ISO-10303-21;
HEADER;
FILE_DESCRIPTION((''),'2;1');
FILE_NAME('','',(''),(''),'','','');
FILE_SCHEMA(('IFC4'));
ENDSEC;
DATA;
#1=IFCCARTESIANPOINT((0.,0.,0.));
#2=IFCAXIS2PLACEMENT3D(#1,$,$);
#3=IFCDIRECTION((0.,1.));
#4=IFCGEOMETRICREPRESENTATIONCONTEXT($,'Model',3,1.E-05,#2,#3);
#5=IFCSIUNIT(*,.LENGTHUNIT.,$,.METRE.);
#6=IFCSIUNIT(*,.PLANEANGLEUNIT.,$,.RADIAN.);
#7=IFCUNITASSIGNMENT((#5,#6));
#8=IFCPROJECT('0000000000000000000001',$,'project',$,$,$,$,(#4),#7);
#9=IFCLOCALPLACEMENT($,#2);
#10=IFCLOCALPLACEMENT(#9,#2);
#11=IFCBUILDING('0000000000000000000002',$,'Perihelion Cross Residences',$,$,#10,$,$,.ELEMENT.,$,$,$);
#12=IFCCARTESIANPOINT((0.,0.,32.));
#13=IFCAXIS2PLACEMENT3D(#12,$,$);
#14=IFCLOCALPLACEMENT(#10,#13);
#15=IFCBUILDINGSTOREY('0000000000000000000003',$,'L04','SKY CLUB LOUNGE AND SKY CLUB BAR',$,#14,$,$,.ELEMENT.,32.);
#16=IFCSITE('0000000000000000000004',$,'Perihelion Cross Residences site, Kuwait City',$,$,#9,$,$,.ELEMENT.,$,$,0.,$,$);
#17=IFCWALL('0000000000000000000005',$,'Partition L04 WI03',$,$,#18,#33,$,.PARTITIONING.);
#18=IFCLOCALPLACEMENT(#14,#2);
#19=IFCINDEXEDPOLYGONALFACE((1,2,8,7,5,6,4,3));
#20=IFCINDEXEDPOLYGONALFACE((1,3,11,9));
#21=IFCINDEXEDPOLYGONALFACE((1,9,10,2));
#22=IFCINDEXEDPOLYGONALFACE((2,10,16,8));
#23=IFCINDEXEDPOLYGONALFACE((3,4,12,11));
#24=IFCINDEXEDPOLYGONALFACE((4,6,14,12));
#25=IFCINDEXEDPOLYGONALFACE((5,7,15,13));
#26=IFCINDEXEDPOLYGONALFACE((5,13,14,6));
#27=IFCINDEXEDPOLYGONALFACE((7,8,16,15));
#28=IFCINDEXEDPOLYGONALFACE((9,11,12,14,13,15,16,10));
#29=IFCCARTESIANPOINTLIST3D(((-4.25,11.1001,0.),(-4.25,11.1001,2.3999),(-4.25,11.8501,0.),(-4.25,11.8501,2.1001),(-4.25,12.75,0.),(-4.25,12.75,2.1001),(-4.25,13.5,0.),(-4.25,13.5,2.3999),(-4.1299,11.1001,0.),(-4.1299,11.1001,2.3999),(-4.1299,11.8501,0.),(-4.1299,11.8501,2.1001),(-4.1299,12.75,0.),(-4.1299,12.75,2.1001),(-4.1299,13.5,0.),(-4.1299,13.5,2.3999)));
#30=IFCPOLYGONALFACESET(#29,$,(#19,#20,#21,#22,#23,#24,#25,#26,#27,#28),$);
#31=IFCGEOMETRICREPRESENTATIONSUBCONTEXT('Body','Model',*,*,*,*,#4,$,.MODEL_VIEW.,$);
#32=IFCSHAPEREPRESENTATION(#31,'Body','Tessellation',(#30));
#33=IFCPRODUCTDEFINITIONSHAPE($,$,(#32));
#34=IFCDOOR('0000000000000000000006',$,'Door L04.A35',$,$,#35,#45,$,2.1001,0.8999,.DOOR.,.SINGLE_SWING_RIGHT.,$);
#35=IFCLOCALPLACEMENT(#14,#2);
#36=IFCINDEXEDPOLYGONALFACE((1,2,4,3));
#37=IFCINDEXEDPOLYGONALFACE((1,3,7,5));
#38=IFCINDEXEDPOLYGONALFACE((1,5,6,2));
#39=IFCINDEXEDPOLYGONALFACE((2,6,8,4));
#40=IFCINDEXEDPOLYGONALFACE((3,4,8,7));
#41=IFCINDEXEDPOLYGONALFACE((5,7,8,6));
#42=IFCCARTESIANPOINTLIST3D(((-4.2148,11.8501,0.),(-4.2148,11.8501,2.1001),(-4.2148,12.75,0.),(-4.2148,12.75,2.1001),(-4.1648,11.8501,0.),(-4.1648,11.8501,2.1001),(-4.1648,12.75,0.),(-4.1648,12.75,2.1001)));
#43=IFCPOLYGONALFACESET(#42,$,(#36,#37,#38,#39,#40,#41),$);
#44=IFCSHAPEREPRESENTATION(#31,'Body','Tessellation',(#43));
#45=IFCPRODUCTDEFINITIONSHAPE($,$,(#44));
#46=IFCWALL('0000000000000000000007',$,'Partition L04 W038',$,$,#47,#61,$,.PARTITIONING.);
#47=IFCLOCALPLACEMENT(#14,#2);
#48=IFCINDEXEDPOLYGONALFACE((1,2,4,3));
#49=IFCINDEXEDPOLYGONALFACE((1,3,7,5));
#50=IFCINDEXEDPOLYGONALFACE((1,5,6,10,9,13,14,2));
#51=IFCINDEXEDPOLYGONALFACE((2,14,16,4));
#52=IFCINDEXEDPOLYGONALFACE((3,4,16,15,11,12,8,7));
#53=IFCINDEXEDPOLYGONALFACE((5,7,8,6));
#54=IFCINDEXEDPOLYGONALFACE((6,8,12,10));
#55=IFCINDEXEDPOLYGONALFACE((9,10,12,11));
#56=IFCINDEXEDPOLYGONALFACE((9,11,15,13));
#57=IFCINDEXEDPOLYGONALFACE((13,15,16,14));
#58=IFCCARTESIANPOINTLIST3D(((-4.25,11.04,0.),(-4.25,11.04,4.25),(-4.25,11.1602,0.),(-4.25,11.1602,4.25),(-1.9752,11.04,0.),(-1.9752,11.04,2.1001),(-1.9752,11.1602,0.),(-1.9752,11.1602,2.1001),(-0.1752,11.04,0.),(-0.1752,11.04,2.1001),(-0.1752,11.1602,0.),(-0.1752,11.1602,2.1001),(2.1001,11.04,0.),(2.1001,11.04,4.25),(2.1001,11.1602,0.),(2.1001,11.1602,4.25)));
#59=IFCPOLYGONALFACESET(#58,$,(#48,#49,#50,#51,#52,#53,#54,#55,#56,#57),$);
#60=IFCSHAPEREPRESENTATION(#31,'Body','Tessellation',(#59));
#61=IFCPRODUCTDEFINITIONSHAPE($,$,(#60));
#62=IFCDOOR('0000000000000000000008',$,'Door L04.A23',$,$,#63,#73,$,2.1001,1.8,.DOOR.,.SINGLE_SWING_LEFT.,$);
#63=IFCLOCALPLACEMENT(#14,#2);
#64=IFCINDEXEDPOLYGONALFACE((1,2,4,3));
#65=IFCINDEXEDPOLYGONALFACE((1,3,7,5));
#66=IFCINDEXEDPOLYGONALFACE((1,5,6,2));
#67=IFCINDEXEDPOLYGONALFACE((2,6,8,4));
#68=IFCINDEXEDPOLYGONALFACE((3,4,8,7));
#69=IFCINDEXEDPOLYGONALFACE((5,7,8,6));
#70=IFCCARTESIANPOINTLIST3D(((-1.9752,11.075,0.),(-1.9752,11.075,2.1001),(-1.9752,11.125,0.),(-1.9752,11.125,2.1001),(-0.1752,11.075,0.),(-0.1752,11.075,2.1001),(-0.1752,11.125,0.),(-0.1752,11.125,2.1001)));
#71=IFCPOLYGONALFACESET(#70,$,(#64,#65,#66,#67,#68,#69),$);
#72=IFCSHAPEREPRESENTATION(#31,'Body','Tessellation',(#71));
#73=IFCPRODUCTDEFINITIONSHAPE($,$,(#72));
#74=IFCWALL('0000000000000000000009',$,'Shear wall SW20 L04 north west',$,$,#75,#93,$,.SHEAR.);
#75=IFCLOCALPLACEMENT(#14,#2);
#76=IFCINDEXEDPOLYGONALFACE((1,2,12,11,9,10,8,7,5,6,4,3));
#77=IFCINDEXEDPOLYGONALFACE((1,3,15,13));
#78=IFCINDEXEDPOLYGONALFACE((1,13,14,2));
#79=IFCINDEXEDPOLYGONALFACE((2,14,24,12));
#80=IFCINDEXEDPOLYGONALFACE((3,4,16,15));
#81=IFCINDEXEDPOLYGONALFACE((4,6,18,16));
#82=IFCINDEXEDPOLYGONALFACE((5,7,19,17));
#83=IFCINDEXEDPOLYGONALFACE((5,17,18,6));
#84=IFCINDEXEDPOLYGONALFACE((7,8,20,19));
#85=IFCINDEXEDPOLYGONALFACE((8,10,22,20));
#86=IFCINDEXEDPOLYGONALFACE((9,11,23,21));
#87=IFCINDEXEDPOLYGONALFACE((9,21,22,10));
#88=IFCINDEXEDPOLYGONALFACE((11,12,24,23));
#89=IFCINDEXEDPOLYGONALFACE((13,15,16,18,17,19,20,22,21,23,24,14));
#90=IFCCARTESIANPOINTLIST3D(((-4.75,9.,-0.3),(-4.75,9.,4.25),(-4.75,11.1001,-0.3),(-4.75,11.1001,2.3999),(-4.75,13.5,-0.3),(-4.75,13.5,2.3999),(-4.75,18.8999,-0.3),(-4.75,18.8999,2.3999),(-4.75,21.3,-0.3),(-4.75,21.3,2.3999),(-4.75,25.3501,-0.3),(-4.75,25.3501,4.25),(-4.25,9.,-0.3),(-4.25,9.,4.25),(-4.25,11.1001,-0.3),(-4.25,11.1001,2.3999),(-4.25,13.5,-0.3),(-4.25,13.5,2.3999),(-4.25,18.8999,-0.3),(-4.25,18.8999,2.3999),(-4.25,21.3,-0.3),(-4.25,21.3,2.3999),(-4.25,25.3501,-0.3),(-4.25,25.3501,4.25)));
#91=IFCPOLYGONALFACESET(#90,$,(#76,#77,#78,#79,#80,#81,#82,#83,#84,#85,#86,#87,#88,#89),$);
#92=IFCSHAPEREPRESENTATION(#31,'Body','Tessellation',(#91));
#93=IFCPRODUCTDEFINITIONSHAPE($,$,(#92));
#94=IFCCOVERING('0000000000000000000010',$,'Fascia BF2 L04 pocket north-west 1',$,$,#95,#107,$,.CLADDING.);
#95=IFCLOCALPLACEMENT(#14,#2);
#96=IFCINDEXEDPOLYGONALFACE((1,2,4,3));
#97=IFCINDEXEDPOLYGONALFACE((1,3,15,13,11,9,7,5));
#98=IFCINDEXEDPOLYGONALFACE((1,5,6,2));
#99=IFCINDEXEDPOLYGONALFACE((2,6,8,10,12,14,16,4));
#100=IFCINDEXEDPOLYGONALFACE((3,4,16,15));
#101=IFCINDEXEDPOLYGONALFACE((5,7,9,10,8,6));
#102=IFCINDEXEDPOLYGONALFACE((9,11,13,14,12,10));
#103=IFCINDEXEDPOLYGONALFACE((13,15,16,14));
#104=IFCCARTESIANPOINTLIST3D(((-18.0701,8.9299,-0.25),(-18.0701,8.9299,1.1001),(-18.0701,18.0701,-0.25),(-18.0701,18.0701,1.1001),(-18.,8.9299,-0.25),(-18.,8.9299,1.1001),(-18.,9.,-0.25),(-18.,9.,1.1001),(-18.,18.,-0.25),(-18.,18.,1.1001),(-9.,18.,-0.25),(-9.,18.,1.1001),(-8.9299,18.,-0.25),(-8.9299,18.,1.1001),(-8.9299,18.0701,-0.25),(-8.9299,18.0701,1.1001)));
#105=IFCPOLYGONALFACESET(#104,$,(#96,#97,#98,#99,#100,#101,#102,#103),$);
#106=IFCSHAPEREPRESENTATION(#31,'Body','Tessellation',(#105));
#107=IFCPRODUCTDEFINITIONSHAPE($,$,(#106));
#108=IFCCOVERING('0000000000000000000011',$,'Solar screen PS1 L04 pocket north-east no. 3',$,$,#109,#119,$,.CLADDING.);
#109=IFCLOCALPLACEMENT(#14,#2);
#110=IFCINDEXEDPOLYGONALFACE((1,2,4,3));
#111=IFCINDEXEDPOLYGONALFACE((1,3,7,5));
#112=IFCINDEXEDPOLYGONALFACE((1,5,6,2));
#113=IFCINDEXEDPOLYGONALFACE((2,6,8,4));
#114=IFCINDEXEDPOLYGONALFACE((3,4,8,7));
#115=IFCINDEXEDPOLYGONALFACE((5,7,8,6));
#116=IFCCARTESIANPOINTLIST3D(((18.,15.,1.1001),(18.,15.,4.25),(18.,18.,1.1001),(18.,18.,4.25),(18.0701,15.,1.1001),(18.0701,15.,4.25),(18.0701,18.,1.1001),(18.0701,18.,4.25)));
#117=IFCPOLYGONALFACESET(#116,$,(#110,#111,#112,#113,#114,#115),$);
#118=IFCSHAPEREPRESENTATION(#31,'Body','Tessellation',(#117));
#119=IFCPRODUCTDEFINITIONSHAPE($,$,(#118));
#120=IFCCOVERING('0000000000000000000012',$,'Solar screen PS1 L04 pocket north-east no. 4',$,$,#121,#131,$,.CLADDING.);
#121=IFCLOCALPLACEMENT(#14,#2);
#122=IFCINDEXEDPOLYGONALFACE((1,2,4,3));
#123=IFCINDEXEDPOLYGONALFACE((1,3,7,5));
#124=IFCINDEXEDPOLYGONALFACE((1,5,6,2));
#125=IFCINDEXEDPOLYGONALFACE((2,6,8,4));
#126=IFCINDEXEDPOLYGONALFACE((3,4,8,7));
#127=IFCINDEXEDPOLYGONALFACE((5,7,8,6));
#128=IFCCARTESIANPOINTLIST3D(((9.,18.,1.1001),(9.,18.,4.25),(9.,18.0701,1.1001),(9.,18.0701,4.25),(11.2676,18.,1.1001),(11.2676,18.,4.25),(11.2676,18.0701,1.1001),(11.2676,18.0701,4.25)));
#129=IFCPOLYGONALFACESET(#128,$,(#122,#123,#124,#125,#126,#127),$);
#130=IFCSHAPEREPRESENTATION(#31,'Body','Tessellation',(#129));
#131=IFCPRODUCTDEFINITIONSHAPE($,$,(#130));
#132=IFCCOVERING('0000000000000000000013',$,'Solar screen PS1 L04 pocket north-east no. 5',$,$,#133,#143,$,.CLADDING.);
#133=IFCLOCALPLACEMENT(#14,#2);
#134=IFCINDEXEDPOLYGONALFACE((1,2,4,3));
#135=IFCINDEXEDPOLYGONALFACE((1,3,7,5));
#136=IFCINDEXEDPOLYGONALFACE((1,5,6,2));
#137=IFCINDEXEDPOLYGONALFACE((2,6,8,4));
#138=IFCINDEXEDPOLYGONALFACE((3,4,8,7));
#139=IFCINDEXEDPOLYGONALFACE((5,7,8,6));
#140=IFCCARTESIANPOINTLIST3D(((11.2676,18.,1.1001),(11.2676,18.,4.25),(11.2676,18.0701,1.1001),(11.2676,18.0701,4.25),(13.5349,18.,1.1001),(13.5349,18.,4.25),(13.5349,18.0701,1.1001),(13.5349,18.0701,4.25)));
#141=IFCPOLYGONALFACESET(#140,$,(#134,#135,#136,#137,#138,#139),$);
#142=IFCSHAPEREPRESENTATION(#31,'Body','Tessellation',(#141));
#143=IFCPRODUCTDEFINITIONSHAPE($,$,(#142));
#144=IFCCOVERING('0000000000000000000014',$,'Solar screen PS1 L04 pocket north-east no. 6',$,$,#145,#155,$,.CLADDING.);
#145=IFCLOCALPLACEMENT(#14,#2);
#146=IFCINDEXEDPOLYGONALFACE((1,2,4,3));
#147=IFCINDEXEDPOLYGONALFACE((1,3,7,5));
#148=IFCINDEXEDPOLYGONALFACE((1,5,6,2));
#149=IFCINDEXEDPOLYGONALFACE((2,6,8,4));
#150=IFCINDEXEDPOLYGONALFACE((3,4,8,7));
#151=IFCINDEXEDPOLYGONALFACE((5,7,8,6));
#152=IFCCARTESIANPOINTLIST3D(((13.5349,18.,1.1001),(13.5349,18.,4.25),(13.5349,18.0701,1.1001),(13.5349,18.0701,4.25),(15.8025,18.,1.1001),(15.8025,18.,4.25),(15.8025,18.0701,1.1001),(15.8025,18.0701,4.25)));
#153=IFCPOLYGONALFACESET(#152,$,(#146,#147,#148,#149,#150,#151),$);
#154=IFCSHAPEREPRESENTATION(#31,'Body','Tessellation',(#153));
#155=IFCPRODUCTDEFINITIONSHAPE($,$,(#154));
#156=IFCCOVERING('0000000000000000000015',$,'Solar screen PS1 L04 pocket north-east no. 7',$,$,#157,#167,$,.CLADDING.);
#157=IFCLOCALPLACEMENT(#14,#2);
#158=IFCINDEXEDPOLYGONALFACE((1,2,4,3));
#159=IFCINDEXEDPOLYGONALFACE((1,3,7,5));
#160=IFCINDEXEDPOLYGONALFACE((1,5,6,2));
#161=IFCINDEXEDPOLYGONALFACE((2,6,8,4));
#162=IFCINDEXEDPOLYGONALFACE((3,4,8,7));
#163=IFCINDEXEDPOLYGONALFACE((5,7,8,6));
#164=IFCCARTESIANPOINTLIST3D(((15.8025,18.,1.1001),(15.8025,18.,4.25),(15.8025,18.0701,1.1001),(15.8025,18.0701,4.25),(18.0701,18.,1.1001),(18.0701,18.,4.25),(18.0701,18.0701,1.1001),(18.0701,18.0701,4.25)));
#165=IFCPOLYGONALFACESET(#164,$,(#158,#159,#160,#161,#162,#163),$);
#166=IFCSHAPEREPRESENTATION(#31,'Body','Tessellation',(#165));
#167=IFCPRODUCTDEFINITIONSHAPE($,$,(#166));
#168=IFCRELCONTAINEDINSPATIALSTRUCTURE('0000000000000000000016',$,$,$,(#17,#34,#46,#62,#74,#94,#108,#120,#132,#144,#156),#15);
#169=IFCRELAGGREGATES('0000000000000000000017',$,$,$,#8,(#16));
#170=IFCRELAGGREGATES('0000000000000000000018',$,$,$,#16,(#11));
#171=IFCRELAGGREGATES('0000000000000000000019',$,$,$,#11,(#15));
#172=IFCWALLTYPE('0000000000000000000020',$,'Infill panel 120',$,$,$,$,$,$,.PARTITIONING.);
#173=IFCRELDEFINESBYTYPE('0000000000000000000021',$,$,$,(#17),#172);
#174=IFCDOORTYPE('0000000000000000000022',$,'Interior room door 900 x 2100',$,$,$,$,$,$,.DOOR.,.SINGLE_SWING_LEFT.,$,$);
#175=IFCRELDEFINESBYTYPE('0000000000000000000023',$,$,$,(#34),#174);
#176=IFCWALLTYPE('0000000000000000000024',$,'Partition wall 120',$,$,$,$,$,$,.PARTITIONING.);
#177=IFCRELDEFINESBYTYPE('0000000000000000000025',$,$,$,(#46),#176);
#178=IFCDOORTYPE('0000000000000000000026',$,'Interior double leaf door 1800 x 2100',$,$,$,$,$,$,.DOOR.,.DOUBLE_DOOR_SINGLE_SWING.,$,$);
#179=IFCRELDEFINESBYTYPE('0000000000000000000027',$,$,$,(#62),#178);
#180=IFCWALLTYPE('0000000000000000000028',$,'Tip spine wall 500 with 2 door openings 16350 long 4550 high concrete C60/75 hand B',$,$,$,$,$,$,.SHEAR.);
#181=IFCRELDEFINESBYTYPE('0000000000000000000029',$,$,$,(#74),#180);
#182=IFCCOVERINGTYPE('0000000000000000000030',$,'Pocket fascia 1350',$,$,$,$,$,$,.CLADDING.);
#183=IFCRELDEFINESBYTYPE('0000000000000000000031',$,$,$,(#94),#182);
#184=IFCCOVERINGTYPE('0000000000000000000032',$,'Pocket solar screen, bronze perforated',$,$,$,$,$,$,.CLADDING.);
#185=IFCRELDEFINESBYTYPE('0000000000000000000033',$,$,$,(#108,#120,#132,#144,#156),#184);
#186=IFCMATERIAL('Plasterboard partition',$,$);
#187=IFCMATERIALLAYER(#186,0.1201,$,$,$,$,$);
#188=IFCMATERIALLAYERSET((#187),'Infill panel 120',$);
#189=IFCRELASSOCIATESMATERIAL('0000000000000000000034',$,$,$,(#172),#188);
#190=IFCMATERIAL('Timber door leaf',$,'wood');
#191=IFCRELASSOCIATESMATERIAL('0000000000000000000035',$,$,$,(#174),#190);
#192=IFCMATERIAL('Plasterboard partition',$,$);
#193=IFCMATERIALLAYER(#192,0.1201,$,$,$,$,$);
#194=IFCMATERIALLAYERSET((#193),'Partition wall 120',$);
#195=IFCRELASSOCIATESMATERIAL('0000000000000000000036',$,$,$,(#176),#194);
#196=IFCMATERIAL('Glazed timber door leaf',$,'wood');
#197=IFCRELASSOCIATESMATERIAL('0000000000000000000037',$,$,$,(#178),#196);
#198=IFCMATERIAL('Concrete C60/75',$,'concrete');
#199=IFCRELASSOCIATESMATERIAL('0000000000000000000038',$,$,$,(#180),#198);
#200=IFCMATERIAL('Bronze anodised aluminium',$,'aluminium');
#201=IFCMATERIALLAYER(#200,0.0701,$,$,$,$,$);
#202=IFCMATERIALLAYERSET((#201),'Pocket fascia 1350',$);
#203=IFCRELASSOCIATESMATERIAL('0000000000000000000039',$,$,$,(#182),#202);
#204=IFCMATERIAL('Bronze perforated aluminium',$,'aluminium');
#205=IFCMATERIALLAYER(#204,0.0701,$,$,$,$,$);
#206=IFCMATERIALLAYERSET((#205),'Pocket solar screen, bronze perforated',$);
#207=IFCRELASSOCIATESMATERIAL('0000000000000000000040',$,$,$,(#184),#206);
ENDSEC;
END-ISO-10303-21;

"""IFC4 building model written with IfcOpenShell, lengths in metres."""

from ifc_helpers import new_model, si_unit, direction, frame, frame_2d, origin, place, context, subcontext, project, spatial, polyline, rectangle, outline, extrude, material, layer, layer_set, material_profile, profile_set, type_object, element, fill, save


model = new_model("IFC4")

# Units and contexts
model_context = context("Model", 3, precision=1e-05, world=origin(), true_north=direction((0.0, 1.0)))
body_context = subcontext(model_context, "Body", "Model", "MODEL_VIEW")
ifc_project = project(units=[si_unit("LENGTHUNIT", "METRE"), si_unit("PLANEANGLEUNIT", "RADIAN")], contexts=[model_context])

# Site, building, storey
site_placement = place(None, origin())
site = spatial("IfcSite", under=ifc_project, at=site_placement, Name="Perihelion Cross Residences site, Kuwait City", CompositionType="ELEMENT", RefElevation=0.0)
building_placement = place(site_placement, origin())
building = spatial("IfcBuilding", under=site, at=building_placement, Name="Perihelion Cross Residences", CompositionType="ELEMENT")
storey_placement = place(building_placement, frame((0.0, 0.0, 32.0)))
storey = spatial("IfcBuildingStorey", under=building, at=storey_placement, Name="L04", Description="SKY CLUB LOUNGE AND SKY CLUB BAR", CompositionType="ELEMENT", Elevation=32.0)

# Walls, openings, doors
ifc_material_1 = material(Name="Plasterboard partition")
ifc_layer_1 = layer(ifc_material_1, 0.1201)
ifc_layer_set_1 = layer_set([ifc_layer_1], Name="Infill panel 120")
wall_type_1 = type_object("IfcWallType", Name="Infill panel 120", PredefinedType="PARTITIONING", material=ifc_layer_set_1)
wall_1_placement = place(storey_placement, frame((-4.1899, 11.1001, 0.0), z_axis=(0.0, 0.0, 1.0), x_axis=(0.0, 1.0, 0.0)))
wall_1 = element("IfcWall", 1, at=wall_1_placement, inside=storey, type_object=wall_type_1, Name="Partition L04 WI03", PredefinedType="PARTITIONING", context=body_context, shape_type="SweptSolid", body=[
    extrude(rectangle(XDim=2.3999, YDim=0.1201, at=frame_2d((1.2, 0.0))), origin(), (0.0, 0.0, 1.0), 2.3999),
])
opening_1_placement = place(wall_1_placement, frame((0.75, 0.0, 0.0)))
opening_1 = element("IfcOpeningElement", 2, at=opening_1_placement, cuts=wall_1, PredefinedType="OPENING", context=body_context, shape_type="SweptSolid", body=[
    extrude(rectangle(XDim=0.8999, YDim=2.1001, at=frame_2d((0.45, 1.05))), frame((0.0, 0.0701, 0.0), z_axis=(0.0, -1.0, 0.0), x_axis=(1.0, 0.0, 0.0)), (0.0, 0.0, 1.0), 0.1401),
])
ifc_material_2 = material(Name="Timber door leaf", Category="wood")
door_type_1 = type_object("IfcDoorType", Name="Interior room door 900 x 2100", OperationType="SINGLE_SWING_LEFT", PredefinedType="DOOR", material=ifc_material_2)
door_1_placement = place(opening_1_placement, origin())
door_1 = element("IfcDoor", 3, at=door_1_placement, inside=storey, type_object=door_type_1, Name="Door L04.A35", OperationType="SINGLE_SWING_RIGHT", OverallHeight=2.1001, OverallWidth=0.8999, PredefinedType="DOOR", context=body_context, shape_type="SweptSolid", body=[
    extrude(rectangle(XDim=0.8999, YDim=2.1001, at=frame_2d((0.45, 1.05))), frame((0.0, 0.0249, 0.0), z_axis=(0.0, -1.0, 0.0), x_axis=(1.0, 0.0, 0.0)), (0.0, 0.0, 1.0), 0.05),
])
fill(opening_1, door_1)
ifc_material_3 = material(Name="Plasterboard partition")
ifc_layer_2 = layer(ifc_material_3, 0.1201)
ifc_layer_set_2 = layer_set([ifc_layer_2], Name="Partition wall 120")
wall_type_2 = type_object("IfcWallType", Name="Partition wall 120", PredefinedType="PARTITIONING", material=ifc_layer_set_2)
wall_2_placement = place(storey_placement, frame((-4.25, 11.1001, 0.0), z_axis=(0.0, 0.0, 1.0), x_axis=(1.0, 0.0, 0.0)))
wall_2 = element("IfcWall", 4, at=wall_2_placement, inside=storey, type_object=wall_type_2, Name="Partition L04 W038", PredefinedType="PARTITIONING", context=body_context, shape_type="SweptSolid", body=[
    extrude(rectangle(XDim=6.3501, YDim=0.1201, at=frame_2d((3.175, 0.0))), origin(), (0.0, 0.0, 1.0), 4.25),
])
opening_2_placement = place(wall_2_placement, frame((2.2749, 0.0, 0.0)))
opening_2 = element("IfcOpeningElement", 5, at=opening_2_placement, cuts=wall_2, PredefinedType="OPENING", context=body_context, shape_type="SweptSolid", body=[
    extrude(rectangle(XDim=1.8, YDim=2.1001, at=frame_2d((0.8999, 1.05))), frame((0.0, 0.0701, 0.0), z_axis=(0.0, -1.0, 0.0), x_axis=(1.0, 0.0, 0.0)), (0.0, 0.0, 1.0), 0.1401),
])
ifc_material_4 = material(Name="Glazed timber door leaf", Category="wood")
door_type_2 = type_object("IfcDoorType", Name="Interior double leaf door 1800 x 2100", OperationType="DOUBLE_DOOR_SINGLE_SWING", PredefinedType="DOOR", material=ifc_material_4)
door_2_placement = place(opening_2_placement, origin())
door_2 = element("IfcDoor", 6, at=door_2_placement, inside=storey, type_object=door_type_2, Name="Door L04.A23", OperationType="SINGLE_SWING_LEFT", OverallHeight=2.1001, OverallWidth=1.8, PredefinedType="DOOR", context=body_context, shape_type="SweptSolid", body=[
    extrude(rectangle(XDim=1.8, YDim=2.1001, at=frame_2d((0.8999, 1.05))), frame((0.0, 0.0249, 0.0), z_axis=(0.0, -1.0, 0.0), x_axis=(1.0, 0.0, 0.0)), (0.0, 0.0, 1.0), 0.05),
])
fill(opening_2, door_2)

# Wall
ifc_material_5 = material(Name="Concrete C60/75", Category="concrete")
ifc_material_profile_1 = material_profile(ifc_material_5, outline(polyline([(0.0, 0.0), (2.1001, 0.0), (2.1001, 2.7), (4.5, 2.7), (4.5, 0.0), (9.8999, 0.0), (9.8999, 2.7), (12.3, 2.7), (12.3, 0.0), (16.3501, 0.0), (16.3501, 4.55), (0.0, 4.55), (0.0, 0.0)])), Name="Tip spine wall")
ifc_profile_set_1 = profile_set([ifc_material_profile_1], Name="Concrete C60/75")
wall_type_3 = type_object("IfcWallType", Name="Tip spine wall 500 with 2 door openings 16350 long 4550 high concrete C60/75 hand B", PredefinedType="SHEAR", material=ifc_profile_set_1)
wall_3_placement = place(storey_placement, frame((-4.75, 9.0, -0.3), z_axis=(1.0, 0.0, 0.0), x_axis=(0.0, 1.0, 0.0)))
element("IfcWall", 7, at=wall_3_placement, inside=storey, type_object=wall_type_3, Name="Shear wall SW20 L04 north west", PredefinedType="SHEAR", context=body_context, shape_type="SweptSolid", body=[
    extrude(outline(polyline([(0.0, 0.0), (2.1001, 0.0), (2.1001, 2.7), (4.5, 2.7), (4.5, 0.0), (9.8999, 0.0), (9.8999, 2.7), (12.3, 2.7), (12.3, 0.0), (16.3501, 0.0), (16.3501, 4.55), (0.0, 4.55), (0.0, 0.0)])), origin(), (0.0, 0.0, 1.0), 0.5),
])

# Coverings
ifc_material_6 = material(Name="Bronze anodised aluminium", Category="aluminium")
ifc_layer_3 = layer(ifc_material_6, 0.0701)
ifc_layer_set_3 = layer_set([ifc_layer_3], Name="Pocket fascia 1350")
covering_type_1 = type_object("IfcCoveringType", Name="Pocket fascia 1350", PredefinedType="CLADDING", material=ifc_layer_set_3)
covering_1_placement = place(storey_placement, frame((0.0, 0.0, -0.25)))
element("IfcCovering", 8, at=covering_1_placement, inside=storey, type_object=covering_type_1, Name="Fascia BF2 L04 pocket north-west 1", PredefinedType="CLADDING", context=body_context, shape_type="SweptSolid", body=[
    extrude(outline(polyline([(-18.0701, 8.9299), (-18.0, 8.9299), (-18.0, 9.0), (-18.0, 9.0), (-18.0, 18.0), (-9.0, 18.0), (-9.0, 18.0), (-8.9299, 18.0), (-8.9299, 18.0701), (-18.0701, 18.0701), (-18.0701, 8.9299)])), origin(), (0.0, 0.0, 1.0), 1.3501),
])
ifc_material_7 = material(Name="Bronze perforated aluminium", Category="aluminium")
ifc_layer_4 = layer(ifc_material_7, 0.0701)
ifc_layer_set_4 = layer_set([ifc_layer_4], Name="Pocket solar screen, bronze perforated")
covering_type_2 = type_object("IfcCoveringType", Name="Pocket solar screen, bronze perforated", PredefinedType="CLADDING", material=ifc_layer_set_4)
covering_2_placement = place(storey_placement, frame((0.0, 0.0, 1.1001)))
element("IfcCovering", 9, at=covering_2_placement, inside=storey, type_object=covering_type_2, Name="Solar screen PS1 L04 pocket north-east no. 3", PredefinedType="CLADDING", context=body_context, shape_type="SweptSolid", body=[
    extrude(outline(polyline([(18.0701, 15.0), (18.0701, 18.0), (18.0, 18.0), (18.0, 15.0), (18.0701, 15.0)])), origin(), (0.0, 0.0, 1.0), 3.1499),
])
covering_3_placement = place(storey_placement, frame((0.0, 0.0, 1.1001)))
element("IfcCovering", 10, at=covering_3_placement, inside=storey, type_object=covering_type_2, Name="Solar screen PS1 L04 pocket north-east no. 4", PredefinedType="CLADDING", context=body_context, shape_type="SweptSolid", body=[
    extrude(outline(polyline([(11.2676, 18.0), (11.2676, 18.0701), (9.0, 18.0701), (9.0, 18.0), (11.2676, 18.0)])), origin(), (0.0, 0.0, 1.0), 3.1499),
])
covering_4_placement = place(storey_placement, frame((0.0, 0.0, 1.1001)))
element("IfcCovering", 11, at=covering_4_placement, inside=storey, type_object=covering_type_2, Name="Solar screen PS1 L04 pocket north-east no. 5", PredefinedType="CLADDING", context=body_context, shape_type="SweptSolid", body=[
    extrude(outline(polyline([(13.5349, 18.0), (13.5349, 18.0701), (11.2676, 18.0701), (11.2676, 18.0), (13.5349, 18.0)])), origin(), (0.0, 0.0, 1.0), 3.1499),
])
covering_5_placement = place(storey_placement, frame((0.0, 0.0, 1.1001)))
element("IfcCovering", 12, at=covering_5_placement, inside=storey, type_object=covering_type_2, Name="Solar screen PS1 L04 pocket north-east no. 6", PredefinedType="CLADDING", context=body_context, shape_type="SweptSolid", body=[
    extrude(outline(polyline([(15.8025, 18.0), (15.8025, 18.0701), (13.5349, 18.0701), (13.5349, 18.0), (15.8025, 18.0)])), origin(), (0.0, 0.0, 1.0), 3.1499),
])
covering_6_placement = place(storey_placement, frame((0.0, 0.0, 1.1001)))
element("IfcCovering", 13, at=covering_6_placement, inside=storey, type_object=covering_type_2, Name="Solar screen PS1 L04 pocket north-east no. 7", PredefinedType="CLADDING", context=body_context, shape_type="SweptSolid", body=[
    extrude(outline(polyline([(18.0701, 18.0), (18.0701, 18.0701), (15.8025, 18.0701), (15.8025, 18.0), (18.0701, 18.0)])), origin(), (0.0, 0.0, 1.0), 3.1499),
])

save(model, "model.ifc")
